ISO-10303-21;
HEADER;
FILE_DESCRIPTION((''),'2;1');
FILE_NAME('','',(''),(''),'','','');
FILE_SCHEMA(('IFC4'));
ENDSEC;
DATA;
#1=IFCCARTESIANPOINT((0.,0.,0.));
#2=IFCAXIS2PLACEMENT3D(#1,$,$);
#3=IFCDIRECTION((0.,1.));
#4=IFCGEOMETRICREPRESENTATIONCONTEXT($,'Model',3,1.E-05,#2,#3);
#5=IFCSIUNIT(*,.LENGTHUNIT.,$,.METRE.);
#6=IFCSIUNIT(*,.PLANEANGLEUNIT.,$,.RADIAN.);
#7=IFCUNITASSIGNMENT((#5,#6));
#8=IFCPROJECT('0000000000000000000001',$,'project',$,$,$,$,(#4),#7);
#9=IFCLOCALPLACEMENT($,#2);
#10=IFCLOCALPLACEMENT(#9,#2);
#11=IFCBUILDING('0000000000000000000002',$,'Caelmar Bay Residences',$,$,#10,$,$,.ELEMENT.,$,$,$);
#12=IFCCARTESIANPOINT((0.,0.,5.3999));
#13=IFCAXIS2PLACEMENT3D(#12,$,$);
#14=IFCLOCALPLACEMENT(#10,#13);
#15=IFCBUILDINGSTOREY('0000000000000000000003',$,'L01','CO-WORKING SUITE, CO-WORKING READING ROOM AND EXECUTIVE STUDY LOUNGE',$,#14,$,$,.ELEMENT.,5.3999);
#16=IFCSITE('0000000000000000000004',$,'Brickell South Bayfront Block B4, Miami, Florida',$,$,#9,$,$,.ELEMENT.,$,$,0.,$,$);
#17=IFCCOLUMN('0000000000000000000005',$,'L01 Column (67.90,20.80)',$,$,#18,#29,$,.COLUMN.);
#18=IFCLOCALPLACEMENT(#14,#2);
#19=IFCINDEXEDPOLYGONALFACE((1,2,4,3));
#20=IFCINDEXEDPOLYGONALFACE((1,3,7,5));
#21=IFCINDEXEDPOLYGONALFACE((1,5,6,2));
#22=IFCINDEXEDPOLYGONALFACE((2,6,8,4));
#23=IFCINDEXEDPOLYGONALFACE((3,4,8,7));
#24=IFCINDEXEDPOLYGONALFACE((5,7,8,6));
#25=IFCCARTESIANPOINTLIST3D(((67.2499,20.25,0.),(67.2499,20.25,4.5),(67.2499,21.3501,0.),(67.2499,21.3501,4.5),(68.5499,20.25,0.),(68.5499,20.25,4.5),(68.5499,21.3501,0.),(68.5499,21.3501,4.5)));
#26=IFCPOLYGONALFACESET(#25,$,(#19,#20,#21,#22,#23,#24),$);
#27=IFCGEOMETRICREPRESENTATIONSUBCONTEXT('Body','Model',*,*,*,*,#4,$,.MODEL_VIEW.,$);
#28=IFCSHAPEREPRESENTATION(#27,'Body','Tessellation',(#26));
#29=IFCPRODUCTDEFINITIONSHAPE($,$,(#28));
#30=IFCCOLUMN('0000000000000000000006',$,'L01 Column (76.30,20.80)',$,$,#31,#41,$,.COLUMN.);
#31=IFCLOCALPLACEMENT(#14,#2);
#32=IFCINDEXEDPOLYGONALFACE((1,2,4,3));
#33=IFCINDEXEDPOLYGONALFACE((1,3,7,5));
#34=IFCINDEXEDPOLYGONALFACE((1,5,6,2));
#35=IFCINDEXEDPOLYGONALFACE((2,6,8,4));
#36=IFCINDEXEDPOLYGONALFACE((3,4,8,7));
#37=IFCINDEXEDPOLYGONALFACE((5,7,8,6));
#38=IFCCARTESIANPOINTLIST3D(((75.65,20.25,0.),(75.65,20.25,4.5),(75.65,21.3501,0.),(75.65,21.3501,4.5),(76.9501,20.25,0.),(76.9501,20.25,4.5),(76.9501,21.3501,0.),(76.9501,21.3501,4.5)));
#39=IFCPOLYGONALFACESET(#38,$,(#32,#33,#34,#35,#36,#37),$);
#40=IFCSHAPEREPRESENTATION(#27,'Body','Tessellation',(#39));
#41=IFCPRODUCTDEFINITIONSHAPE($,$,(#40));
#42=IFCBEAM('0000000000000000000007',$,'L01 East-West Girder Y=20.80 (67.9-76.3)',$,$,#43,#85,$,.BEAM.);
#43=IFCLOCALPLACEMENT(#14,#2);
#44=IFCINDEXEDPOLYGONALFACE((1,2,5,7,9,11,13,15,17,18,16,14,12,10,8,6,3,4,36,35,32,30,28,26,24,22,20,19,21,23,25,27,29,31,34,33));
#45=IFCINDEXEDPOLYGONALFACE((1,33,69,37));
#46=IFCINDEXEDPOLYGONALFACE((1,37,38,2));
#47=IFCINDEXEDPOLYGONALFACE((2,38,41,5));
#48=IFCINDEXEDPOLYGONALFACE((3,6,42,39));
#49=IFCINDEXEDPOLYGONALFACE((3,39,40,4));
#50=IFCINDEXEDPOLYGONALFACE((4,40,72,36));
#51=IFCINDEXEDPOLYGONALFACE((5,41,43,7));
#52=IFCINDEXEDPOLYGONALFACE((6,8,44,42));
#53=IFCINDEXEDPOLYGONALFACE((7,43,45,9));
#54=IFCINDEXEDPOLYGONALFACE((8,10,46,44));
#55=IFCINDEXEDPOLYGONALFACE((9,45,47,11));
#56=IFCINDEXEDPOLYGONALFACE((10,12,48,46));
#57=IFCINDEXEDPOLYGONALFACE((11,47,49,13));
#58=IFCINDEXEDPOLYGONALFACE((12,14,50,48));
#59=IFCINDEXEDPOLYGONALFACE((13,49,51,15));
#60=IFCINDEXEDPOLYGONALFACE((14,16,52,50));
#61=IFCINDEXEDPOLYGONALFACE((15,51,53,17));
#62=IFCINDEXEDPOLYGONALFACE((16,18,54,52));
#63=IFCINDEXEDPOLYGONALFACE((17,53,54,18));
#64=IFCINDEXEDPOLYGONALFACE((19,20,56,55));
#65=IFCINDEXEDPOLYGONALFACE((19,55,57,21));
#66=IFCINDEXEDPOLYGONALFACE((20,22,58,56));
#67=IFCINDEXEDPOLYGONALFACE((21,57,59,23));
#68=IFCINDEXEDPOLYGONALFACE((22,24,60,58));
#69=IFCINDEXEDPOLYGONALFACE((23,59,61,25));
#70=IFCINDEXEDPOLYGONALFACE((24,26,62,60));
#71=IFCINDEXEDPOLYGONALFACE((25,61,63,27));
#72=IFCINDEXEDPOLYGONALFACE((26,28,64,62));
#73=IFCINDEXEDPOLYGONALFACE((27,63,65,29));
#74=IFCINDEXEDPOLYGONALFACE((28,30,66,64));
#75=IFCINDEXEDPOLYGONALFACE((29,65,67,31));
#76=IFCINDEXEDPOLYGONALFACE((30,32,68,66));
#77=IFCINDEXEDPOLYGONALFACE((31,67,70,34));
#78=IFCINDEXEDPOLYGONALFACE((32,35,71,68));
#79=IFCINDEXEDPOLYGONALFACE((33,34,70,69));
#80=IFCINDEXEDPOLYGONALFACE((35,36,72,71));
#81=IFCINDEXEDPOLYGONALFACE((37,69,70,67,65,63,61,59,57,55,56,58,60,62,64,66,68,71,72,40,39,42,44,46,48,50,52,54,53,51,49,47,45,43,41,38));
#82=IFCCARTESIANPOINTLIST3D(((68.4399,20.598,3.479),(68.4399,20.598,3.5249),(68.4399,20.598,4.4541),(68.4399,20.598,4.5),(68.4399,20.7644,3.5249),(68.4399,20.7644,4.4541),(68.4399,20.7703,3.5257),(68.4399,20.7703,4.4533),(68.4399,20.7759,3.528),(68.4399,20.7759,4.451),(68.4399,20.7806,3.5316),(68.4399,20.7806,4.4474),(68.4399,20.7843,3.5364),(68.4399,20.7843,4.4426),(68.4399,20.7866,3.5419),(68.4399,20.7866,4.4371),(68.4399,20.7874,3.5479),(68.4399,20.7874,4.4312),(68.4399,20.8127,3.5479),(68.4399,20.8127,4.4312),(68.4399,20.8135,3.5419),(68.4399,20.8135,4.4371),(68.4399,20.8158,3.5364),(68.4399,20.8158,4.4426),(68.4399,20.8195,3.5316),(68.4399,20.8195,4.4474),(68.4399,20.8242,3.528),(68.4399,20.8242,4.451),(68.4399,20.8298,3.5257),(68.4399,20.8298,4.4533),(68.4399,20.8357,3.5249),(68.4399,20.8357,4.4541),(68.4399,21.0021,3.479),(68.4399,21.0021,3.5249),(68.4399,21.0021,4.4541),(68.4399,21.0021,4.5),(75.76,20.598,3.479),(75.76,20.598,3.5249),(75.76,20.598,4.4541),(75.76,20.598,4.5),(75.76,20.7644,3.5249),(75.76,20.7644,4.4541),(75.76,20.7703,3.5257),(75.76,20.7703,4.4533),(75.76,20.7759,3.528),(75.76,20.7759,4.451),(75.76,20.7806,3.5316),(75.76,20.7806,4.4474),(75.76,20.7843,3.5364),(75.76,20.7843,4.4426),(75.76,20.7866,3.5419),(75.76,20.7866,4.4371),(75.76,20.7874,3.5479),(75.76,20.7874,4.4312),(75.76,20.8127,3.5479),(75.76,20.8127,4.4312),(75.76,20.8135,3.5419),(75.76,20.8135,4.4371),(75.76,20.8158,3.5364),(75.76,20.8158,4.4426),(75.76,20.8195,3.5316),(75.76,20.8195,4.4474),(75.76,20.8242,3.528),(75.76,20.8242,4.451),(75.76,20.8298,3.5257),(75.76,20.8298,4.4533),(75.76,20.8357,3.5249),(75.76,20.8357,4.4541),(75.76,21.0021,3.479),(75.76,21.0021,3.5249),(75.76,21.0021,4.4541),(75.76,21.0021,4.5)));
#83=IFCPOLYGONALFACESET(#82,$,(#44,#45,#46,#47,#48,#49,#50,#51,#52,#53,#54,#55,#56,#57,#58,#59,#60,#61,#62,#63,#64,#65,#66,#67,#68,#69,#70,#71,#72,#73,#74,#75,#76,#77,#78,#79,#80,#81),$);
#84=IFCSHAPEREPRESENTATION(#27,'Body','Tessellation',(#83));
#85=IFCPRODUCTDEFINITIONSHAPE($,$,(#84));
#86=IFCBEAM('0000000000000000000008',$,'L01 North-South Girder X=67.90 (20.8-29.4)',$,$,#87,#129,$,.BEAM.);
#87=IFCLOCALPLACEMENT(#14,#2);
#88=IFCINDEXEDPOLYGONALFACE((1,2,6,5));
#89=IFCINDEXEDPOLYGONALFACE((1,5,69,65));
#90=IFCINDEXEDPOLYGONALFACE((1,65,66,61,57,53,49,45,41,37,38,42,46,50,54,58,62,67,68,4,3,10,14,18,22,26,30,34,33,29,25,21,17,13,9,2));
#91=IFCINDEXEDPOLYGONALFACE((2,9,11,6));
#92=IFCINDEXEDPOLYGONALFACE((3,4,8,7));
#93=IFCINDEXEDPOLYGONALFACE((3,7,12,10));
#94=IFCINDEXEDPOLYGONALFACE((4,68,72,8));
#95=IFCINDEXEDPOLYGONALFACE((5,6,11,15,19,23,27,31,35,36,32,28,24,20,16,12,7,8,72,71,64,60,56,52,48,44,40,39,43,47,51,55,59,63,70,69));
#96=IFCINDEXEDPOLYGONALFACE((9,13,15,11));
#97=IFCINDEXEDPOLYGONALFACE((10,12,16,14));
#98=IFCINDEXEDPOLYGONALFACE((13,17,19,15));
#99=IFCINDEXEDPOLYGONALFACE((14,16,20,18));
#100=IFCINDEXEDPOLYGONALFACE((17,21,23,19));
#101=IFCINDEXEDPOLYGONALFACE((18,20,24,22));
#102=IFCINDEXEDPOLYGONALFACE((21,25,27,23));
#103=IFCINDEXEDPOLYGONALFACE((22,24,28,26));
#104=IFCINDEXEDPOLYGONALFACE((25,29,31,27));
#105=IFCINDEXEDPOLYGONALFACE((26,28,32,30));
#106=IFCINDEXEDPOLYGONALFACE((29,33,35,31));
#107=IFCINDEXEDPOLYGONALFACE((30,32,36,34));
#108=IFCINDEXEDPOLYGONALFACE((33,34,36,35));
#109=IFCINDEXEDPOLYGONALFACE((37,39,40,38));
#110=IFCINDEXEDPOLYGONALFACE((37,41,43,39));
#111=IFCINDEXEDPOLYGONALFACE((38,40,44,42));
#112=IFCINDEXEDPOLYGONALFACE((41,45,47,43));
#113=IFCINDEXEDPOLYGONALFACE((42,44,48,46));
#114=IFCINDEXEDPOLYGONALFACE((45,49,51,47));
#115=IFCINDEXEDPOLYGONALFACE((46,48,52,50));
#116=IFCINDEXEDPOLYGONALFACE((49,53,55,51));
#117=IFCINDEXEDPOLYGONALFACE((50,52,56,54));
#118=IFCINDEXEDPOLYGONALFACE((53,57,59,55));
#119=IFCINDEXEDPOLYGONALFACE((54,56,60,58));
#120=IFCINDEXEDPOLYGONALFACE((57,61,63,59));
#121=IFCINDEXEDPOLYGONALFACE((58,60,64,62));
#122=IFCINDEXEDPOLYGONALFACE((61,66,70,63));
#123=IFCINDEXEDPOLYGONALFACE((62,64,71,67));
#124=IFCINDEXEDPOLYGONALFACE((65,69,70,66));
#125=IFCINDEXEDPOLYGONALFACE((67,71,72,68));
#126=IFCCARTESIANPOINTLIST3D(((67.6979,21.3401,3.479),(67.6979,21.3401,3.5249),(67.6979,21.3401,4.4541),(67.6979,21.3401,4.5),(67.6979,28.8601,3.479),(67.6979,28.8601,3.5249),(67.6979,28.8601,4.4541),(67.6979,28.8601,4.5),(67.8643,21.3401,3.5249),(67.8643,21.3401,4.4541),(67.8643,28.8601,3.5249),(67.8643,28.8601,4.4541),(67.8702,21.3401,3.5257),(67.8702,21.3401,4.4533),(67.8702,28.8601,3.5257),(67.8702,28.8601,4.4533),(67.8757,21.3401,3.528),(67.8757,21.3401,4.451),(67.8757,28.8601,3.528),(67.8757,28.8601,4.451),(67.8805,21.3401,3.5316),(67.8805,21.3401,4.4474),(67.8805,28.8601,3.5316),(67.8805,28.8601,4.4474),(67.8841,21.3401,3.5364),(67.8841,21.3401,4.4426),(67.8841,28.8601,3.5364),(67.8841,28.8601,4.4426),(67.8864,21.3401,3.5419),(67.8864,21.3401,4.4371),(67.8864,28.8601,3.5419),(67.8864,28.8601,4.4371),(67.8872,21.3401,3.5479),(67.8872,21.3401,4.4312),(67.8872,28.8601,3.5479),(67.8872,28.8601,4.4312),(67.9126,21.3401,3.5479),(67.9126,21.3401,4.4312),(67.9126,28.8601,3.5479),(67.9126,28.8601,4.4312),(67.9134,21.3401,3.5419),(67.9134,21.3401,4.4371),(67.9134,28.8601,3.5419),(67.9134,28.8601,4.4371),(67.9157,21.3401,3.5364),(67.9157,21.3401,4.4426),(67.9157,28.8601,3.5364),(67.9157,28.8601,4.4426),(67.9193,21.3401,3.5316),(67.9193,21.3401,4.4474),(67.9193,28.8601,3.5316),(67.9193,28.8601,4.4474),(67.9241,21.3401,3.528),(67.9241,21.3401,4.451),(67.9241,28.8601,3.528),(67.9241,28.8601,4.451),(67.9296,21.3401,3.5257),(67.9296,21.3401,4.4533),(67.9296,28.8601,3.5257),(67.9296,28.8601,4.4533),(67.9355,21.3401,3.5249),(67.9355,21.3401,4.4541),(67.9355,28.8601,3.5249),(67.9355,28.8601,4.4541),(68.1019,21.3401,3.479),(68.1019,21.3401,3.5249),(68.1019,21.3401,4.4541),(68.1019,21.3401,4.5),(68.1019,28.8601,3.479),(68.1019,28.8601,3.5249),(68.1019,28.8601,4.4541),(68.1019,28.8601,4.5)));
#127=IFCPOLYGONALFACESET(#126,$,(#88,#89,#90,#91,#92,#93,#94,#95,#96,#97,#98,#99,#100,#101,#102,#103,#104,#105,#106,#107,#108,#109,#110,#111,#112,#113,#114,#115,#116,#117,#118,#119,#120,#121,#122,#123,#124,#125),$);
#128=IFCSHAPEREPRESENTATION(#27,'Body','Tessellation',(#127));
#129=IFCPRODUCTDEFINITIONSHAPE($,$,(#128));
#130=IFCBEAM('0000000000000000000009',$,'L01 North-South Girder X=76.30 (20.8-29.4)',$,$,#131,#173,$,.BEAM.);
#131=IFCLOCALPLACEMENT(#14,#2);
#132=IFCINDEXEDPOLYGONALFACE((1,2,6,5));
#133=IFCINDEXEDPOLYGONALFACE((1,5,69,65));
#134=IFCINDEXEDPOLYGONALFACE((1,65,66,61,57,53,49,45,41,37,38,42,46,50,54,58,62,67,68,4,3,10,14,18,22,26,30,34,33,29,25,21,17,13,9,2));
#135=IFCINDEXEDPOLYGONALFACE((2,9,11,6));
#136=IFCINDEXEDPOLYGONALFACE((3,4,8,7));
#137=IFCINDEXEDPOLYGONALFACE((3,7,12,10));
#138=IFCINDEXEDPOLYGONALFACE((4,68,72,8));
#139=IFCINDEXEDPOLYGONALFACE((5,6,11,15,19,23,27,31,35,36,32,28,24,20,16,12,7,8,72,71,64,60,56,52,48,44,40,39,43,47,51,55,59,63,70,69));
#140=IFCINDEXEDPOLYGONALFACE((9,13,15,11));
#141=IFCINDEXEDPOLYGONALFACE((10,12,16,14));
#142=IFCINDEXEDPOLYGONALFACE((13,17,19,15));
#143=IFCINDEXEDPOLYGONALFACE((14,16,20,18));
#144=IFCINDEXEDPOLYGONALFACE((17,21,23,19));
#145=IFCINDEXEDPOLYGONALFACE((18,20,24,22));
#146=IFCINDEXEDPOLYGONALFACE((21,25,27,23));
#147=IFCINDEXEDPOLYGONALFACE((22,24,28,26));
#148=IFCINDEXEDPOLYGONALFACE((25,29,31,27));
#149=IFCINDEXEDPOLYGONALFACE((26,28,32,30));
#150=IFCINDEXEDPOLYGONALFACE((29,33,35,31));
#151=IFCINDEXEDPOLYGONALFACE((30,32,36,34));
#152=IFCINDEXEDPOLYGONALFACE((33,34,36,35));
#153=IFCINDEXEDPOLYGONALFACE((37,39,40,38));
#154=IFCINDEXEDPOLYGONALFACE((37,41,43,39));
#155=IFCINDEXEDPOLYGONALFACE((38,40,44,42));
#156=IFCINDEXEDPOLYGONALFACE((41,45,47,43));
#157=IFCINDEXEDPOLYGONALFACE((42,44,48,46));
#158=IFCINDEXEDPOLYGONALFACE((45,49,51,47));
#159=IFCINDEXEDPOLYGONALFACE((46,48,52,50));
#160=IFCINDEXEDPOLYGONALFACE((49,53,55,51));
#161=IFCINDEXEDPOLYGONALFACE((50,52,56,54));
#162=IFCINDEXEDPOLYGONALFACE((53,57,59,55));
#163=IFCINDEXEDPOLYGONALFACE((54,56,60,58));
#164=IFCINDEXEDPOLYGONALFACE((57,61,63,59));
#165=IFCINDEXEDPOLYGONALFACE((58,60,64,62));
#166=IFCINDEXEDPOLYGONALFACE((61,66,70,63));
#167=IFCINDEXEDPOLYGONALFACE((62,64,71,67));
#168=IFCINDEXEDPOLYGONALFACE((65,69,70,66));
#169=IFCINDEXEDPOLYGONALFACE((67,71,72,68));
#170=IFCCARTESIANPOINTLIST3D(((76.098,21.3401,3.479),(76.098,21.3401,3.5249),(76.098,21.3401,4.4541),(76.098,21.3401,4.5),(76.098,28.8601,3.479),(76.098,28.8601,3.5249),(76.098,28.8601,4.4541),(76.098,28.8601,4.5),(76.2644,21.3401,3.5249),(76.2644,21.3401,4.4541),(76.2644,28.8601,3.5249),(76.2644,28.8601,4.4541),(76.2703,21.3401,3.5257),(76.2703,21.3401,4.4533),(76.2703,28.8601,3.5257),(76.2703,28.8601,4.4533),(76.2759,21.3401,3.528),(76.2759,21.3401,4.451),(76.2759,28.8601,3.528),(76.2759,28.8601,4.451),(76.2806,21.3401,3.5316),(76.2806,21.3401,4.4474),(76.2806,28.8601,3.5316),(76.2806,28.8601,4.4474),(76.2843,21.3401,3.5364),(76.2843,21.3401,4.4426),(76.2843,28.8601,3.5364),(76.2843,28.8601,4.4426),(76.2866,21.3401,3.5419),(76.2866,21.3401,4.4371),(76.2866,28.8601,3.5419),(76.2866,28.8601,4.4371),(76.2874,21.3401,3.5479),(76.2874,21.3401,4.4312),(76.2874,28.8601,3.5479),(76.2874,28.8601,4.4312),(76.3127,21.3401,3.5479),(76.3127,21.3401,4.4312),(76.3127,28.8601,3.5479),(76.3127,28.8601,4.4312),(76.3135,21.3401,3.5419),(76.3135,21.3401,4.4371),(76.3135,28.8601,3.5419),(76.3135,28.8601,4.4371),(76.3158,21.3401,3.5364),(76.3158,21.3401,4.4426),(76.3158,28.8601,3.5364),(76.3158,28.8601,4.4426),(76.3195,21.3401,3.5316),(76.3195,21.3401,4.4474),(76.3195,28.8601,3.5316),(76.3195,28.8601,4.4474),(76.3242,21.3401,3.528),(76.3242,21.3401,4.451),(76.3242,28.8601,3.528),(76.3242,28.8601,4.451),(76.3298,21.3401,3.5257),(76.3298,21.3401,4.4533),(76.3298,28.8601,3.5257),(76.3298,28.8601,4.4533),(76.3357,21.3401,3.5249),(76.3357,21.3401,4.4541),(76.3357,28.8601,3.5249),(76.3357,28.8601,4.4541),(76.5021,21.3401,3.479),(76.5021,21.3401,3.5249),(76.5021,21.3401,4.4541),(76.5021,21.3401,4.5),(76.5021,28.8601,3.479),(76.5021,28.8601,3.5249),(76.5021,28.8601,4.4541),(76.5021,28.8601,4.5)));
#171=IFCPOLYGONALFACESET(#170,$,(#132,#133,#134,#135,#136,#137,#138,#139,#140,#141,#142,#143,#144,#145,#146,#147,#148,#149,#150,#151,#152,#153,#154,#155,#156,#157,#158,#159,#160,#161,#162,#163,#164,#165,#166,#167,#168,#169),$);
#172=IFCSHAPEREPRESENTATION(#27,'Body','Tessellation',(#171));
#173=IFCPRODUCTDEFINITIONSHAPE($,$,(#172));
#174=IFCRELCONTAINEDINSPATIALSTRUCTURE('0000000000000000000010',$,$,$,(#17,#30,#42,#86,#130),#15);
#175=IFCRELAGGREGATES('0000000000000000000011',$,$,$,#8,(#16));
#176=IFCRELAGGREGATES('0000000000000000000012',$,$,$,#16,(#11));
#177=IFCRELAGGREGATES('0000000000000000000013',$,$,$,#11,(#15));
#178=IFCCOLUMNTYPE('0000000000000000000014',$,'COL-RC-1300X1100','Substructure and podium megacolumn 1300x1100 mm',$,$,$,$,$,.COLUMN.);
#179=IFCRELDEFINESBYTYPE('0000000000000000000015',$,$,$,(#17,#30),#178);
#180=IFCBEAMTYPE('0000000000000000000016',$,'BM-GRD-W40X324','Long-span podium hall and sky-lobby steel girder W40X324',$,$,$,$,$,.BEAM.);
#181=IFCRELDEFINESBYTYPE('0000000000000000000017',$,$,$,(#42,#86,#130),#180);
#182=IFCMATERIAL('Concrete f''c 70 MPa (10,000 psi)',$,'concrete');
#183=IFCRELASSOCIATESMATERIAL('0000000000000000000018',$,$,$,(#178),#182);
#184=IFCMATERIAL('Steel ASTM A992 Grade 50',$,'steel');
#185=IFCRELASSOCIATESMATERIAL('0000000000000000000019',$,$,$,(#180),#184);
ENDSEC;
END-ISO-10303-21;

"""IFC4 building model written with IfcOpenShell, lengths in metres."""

from ifc_helpers import new_model, si_unit, direction, frame, origin, origin_2d, place, context, subcontext, project, spatial, rectangle, i_section, extrude, material, material_profile, profile_set, type_object, element, save


model = new_model("IFC4")

# Units and contexts
model_context = context("Model", 3, precision=1e-05, world=origin(), true_north=direction((0.0, 1.0)))
body_context = subcontext(model_context, "Body", "Model", "MODEL_VIEW")
ifc_project = project(units=[si_unit("LENGTHUNIT", "METRE"), si_unit("PLANEANGLEUNIT", "RADIAN")], contexts=[model_context])

# Site, building, storey
site_placement = place(None, origin())
site = spatial("IfcSite", under=ifc_project, at=site_placement, Name="Brickell South Bayfront Block B4, Miami, Florida", CompositionType="ELEMENT", RefElevation=0.0)
building_placement = place(site_placement, origin())
building = spatial("IfcBuilding", under=site, at=building_placement, Name="Caelmar Bay Residences", CompositionType="ELEMENT")
storey_placement = place(building_placement, frame((0.0, 0.0, 5.3999)))
storey = spatial("IfcBuildingStorey", under=building, at=storey_placement, Name="L01", Description="CO-WORKING SUITE, CO-WORKING READING ROOM AND EXECUTIVE STUDY LOUNGE", CompositionType="ELEMENT", Elevation=5.3999)

# Columns
ifc_material_1 = material(Name="Concrete f'c 70 MPa (10,000 psi)", Category="concrete")
ifc_material_profile_1 = material_profile(ifc_material_1, rectangle(XDim=1.3, YDim=1.1001, at=origin_2d()), Name="RC-COL-1300X1100")
ifc_profile_set_1 = profile_set([ifc_material_profile_1], Name="Concrete f'c 70 MPa (10,000 psi)")
column_type = type_object("IfcColumnType", Name="COL-RC-1300X1100", Description="Substructure and podium megacolumn 1300x1100 mm", PredefinedType="COLUMN", material=ifc_profile_set_1)
for number, where, z_axis, x_axis, name in (
    (1, (67.8999, 20.8, 0.0), (0.0, 0.0, 1.0), (1.0, 0.0, 0.0), "L01 Column (67.90,20.80)"),
    (2, (76.3, 20.8, 0.0), (0.0, 0.0, 1.0), (1.0, 0.0, 0.0), "L01 Column (76.30,20.80)"),
):
    element("IfcColumn", number, at=place(storey_placement, frame(where, z_axis=z_axis, x_axis=x_axis)), inside=storey, type_object=column_type, Name=name, PredefinedType="COLUMN", context=body_context, shape_type="SweptSolid", body=[
        extrude(rectangle(XDim=1.3, YDim=1.1001, at=origin_2d()), origin(), (0.0, 0.0, 1.0), 4.5),
    ])

# Beams
ifc_material_2 = material(Name="Steel ASTM A992 Grade 50", Category="steel")
ifc_material_profile_2 = material_profile(ifc_material_2, i_section(OverallWidth=0.4041, OverallDepth=1.021, WebThickness=0.0254, FlangeThickness=0.0459, FilletRadius=0.0229, at=origin_2d()), Name="W40X324")
ifc_profile_set_2 = profile_set([ifc_material_profile_2], Name="Steel ASTM A992 Grade 50")
beam_type_1 = type_object("IfcBeamType", Name="BM-GRD-W40X324", Description="Long-span podium hall and sky-lobby steel girder W40X324", PredefinedType="BEAM", material=ifc_profile_set_2)
beam_placement = place(storey_placement, frame((68.4399, 20.8, 3.9895), z_axis=(1.0, 0.0, 0.0), x_axis=(0.0, 1.0, 0.0)))
element("IfcBeam", 3, at=beam_placement, inside=storey, type_object=beam_type_1, Name="L01 East-West Girder Y=20.80 (67.9-76.3)", PredefinedType="BEAM", context=body_context, shape_type="SweptSolid", body=[
    extrude(i_section(OverallWidth=0.4041, OverallDepth=1.021, WebThickness=0.0254, FlangeThickness=0.0459, FilletRadius=0.0229, at=origin_2d()), origin(), (0.0, 0.0, 1.0), 7.3201),
])
for number, where, z_axis, x_axis, name in (
    (4, (67.8999, 21.3401, 3.9895), (0.0, 1.0, 0.0), (-1.0, 0.0, 0.0), "L01 North-South Girder X=67.90 (20.8-29.4)"),
    (5, (76.3, 21.3401, 3.9895), (0.0, 1.0, 0.0), (-1.0, 0.0, 0.0), "L01 North-South Girder X=76.30 (20.8-29.4)"),
):
    element("IfcBeam", number, at=place(storey_placement, frame(where, z_axis=z_axis, x_axis=x_axis)), inside=storey, type_object=beam_type_1, Name=name, PredefinedType="BEAM", context=body_context, shape_type="SweptSolid", body=[
        extrude(i_section(OverallWidth=0.4041, OverallDepth=1.021, WebThickness=0.0254, FlangeThickness=0.0459, FilletRadius=0.0229, at=origin_2d()), origin(), (0.0, 0.0, 1.0), 7.52),
    ])

save(model, "model.ifc")
